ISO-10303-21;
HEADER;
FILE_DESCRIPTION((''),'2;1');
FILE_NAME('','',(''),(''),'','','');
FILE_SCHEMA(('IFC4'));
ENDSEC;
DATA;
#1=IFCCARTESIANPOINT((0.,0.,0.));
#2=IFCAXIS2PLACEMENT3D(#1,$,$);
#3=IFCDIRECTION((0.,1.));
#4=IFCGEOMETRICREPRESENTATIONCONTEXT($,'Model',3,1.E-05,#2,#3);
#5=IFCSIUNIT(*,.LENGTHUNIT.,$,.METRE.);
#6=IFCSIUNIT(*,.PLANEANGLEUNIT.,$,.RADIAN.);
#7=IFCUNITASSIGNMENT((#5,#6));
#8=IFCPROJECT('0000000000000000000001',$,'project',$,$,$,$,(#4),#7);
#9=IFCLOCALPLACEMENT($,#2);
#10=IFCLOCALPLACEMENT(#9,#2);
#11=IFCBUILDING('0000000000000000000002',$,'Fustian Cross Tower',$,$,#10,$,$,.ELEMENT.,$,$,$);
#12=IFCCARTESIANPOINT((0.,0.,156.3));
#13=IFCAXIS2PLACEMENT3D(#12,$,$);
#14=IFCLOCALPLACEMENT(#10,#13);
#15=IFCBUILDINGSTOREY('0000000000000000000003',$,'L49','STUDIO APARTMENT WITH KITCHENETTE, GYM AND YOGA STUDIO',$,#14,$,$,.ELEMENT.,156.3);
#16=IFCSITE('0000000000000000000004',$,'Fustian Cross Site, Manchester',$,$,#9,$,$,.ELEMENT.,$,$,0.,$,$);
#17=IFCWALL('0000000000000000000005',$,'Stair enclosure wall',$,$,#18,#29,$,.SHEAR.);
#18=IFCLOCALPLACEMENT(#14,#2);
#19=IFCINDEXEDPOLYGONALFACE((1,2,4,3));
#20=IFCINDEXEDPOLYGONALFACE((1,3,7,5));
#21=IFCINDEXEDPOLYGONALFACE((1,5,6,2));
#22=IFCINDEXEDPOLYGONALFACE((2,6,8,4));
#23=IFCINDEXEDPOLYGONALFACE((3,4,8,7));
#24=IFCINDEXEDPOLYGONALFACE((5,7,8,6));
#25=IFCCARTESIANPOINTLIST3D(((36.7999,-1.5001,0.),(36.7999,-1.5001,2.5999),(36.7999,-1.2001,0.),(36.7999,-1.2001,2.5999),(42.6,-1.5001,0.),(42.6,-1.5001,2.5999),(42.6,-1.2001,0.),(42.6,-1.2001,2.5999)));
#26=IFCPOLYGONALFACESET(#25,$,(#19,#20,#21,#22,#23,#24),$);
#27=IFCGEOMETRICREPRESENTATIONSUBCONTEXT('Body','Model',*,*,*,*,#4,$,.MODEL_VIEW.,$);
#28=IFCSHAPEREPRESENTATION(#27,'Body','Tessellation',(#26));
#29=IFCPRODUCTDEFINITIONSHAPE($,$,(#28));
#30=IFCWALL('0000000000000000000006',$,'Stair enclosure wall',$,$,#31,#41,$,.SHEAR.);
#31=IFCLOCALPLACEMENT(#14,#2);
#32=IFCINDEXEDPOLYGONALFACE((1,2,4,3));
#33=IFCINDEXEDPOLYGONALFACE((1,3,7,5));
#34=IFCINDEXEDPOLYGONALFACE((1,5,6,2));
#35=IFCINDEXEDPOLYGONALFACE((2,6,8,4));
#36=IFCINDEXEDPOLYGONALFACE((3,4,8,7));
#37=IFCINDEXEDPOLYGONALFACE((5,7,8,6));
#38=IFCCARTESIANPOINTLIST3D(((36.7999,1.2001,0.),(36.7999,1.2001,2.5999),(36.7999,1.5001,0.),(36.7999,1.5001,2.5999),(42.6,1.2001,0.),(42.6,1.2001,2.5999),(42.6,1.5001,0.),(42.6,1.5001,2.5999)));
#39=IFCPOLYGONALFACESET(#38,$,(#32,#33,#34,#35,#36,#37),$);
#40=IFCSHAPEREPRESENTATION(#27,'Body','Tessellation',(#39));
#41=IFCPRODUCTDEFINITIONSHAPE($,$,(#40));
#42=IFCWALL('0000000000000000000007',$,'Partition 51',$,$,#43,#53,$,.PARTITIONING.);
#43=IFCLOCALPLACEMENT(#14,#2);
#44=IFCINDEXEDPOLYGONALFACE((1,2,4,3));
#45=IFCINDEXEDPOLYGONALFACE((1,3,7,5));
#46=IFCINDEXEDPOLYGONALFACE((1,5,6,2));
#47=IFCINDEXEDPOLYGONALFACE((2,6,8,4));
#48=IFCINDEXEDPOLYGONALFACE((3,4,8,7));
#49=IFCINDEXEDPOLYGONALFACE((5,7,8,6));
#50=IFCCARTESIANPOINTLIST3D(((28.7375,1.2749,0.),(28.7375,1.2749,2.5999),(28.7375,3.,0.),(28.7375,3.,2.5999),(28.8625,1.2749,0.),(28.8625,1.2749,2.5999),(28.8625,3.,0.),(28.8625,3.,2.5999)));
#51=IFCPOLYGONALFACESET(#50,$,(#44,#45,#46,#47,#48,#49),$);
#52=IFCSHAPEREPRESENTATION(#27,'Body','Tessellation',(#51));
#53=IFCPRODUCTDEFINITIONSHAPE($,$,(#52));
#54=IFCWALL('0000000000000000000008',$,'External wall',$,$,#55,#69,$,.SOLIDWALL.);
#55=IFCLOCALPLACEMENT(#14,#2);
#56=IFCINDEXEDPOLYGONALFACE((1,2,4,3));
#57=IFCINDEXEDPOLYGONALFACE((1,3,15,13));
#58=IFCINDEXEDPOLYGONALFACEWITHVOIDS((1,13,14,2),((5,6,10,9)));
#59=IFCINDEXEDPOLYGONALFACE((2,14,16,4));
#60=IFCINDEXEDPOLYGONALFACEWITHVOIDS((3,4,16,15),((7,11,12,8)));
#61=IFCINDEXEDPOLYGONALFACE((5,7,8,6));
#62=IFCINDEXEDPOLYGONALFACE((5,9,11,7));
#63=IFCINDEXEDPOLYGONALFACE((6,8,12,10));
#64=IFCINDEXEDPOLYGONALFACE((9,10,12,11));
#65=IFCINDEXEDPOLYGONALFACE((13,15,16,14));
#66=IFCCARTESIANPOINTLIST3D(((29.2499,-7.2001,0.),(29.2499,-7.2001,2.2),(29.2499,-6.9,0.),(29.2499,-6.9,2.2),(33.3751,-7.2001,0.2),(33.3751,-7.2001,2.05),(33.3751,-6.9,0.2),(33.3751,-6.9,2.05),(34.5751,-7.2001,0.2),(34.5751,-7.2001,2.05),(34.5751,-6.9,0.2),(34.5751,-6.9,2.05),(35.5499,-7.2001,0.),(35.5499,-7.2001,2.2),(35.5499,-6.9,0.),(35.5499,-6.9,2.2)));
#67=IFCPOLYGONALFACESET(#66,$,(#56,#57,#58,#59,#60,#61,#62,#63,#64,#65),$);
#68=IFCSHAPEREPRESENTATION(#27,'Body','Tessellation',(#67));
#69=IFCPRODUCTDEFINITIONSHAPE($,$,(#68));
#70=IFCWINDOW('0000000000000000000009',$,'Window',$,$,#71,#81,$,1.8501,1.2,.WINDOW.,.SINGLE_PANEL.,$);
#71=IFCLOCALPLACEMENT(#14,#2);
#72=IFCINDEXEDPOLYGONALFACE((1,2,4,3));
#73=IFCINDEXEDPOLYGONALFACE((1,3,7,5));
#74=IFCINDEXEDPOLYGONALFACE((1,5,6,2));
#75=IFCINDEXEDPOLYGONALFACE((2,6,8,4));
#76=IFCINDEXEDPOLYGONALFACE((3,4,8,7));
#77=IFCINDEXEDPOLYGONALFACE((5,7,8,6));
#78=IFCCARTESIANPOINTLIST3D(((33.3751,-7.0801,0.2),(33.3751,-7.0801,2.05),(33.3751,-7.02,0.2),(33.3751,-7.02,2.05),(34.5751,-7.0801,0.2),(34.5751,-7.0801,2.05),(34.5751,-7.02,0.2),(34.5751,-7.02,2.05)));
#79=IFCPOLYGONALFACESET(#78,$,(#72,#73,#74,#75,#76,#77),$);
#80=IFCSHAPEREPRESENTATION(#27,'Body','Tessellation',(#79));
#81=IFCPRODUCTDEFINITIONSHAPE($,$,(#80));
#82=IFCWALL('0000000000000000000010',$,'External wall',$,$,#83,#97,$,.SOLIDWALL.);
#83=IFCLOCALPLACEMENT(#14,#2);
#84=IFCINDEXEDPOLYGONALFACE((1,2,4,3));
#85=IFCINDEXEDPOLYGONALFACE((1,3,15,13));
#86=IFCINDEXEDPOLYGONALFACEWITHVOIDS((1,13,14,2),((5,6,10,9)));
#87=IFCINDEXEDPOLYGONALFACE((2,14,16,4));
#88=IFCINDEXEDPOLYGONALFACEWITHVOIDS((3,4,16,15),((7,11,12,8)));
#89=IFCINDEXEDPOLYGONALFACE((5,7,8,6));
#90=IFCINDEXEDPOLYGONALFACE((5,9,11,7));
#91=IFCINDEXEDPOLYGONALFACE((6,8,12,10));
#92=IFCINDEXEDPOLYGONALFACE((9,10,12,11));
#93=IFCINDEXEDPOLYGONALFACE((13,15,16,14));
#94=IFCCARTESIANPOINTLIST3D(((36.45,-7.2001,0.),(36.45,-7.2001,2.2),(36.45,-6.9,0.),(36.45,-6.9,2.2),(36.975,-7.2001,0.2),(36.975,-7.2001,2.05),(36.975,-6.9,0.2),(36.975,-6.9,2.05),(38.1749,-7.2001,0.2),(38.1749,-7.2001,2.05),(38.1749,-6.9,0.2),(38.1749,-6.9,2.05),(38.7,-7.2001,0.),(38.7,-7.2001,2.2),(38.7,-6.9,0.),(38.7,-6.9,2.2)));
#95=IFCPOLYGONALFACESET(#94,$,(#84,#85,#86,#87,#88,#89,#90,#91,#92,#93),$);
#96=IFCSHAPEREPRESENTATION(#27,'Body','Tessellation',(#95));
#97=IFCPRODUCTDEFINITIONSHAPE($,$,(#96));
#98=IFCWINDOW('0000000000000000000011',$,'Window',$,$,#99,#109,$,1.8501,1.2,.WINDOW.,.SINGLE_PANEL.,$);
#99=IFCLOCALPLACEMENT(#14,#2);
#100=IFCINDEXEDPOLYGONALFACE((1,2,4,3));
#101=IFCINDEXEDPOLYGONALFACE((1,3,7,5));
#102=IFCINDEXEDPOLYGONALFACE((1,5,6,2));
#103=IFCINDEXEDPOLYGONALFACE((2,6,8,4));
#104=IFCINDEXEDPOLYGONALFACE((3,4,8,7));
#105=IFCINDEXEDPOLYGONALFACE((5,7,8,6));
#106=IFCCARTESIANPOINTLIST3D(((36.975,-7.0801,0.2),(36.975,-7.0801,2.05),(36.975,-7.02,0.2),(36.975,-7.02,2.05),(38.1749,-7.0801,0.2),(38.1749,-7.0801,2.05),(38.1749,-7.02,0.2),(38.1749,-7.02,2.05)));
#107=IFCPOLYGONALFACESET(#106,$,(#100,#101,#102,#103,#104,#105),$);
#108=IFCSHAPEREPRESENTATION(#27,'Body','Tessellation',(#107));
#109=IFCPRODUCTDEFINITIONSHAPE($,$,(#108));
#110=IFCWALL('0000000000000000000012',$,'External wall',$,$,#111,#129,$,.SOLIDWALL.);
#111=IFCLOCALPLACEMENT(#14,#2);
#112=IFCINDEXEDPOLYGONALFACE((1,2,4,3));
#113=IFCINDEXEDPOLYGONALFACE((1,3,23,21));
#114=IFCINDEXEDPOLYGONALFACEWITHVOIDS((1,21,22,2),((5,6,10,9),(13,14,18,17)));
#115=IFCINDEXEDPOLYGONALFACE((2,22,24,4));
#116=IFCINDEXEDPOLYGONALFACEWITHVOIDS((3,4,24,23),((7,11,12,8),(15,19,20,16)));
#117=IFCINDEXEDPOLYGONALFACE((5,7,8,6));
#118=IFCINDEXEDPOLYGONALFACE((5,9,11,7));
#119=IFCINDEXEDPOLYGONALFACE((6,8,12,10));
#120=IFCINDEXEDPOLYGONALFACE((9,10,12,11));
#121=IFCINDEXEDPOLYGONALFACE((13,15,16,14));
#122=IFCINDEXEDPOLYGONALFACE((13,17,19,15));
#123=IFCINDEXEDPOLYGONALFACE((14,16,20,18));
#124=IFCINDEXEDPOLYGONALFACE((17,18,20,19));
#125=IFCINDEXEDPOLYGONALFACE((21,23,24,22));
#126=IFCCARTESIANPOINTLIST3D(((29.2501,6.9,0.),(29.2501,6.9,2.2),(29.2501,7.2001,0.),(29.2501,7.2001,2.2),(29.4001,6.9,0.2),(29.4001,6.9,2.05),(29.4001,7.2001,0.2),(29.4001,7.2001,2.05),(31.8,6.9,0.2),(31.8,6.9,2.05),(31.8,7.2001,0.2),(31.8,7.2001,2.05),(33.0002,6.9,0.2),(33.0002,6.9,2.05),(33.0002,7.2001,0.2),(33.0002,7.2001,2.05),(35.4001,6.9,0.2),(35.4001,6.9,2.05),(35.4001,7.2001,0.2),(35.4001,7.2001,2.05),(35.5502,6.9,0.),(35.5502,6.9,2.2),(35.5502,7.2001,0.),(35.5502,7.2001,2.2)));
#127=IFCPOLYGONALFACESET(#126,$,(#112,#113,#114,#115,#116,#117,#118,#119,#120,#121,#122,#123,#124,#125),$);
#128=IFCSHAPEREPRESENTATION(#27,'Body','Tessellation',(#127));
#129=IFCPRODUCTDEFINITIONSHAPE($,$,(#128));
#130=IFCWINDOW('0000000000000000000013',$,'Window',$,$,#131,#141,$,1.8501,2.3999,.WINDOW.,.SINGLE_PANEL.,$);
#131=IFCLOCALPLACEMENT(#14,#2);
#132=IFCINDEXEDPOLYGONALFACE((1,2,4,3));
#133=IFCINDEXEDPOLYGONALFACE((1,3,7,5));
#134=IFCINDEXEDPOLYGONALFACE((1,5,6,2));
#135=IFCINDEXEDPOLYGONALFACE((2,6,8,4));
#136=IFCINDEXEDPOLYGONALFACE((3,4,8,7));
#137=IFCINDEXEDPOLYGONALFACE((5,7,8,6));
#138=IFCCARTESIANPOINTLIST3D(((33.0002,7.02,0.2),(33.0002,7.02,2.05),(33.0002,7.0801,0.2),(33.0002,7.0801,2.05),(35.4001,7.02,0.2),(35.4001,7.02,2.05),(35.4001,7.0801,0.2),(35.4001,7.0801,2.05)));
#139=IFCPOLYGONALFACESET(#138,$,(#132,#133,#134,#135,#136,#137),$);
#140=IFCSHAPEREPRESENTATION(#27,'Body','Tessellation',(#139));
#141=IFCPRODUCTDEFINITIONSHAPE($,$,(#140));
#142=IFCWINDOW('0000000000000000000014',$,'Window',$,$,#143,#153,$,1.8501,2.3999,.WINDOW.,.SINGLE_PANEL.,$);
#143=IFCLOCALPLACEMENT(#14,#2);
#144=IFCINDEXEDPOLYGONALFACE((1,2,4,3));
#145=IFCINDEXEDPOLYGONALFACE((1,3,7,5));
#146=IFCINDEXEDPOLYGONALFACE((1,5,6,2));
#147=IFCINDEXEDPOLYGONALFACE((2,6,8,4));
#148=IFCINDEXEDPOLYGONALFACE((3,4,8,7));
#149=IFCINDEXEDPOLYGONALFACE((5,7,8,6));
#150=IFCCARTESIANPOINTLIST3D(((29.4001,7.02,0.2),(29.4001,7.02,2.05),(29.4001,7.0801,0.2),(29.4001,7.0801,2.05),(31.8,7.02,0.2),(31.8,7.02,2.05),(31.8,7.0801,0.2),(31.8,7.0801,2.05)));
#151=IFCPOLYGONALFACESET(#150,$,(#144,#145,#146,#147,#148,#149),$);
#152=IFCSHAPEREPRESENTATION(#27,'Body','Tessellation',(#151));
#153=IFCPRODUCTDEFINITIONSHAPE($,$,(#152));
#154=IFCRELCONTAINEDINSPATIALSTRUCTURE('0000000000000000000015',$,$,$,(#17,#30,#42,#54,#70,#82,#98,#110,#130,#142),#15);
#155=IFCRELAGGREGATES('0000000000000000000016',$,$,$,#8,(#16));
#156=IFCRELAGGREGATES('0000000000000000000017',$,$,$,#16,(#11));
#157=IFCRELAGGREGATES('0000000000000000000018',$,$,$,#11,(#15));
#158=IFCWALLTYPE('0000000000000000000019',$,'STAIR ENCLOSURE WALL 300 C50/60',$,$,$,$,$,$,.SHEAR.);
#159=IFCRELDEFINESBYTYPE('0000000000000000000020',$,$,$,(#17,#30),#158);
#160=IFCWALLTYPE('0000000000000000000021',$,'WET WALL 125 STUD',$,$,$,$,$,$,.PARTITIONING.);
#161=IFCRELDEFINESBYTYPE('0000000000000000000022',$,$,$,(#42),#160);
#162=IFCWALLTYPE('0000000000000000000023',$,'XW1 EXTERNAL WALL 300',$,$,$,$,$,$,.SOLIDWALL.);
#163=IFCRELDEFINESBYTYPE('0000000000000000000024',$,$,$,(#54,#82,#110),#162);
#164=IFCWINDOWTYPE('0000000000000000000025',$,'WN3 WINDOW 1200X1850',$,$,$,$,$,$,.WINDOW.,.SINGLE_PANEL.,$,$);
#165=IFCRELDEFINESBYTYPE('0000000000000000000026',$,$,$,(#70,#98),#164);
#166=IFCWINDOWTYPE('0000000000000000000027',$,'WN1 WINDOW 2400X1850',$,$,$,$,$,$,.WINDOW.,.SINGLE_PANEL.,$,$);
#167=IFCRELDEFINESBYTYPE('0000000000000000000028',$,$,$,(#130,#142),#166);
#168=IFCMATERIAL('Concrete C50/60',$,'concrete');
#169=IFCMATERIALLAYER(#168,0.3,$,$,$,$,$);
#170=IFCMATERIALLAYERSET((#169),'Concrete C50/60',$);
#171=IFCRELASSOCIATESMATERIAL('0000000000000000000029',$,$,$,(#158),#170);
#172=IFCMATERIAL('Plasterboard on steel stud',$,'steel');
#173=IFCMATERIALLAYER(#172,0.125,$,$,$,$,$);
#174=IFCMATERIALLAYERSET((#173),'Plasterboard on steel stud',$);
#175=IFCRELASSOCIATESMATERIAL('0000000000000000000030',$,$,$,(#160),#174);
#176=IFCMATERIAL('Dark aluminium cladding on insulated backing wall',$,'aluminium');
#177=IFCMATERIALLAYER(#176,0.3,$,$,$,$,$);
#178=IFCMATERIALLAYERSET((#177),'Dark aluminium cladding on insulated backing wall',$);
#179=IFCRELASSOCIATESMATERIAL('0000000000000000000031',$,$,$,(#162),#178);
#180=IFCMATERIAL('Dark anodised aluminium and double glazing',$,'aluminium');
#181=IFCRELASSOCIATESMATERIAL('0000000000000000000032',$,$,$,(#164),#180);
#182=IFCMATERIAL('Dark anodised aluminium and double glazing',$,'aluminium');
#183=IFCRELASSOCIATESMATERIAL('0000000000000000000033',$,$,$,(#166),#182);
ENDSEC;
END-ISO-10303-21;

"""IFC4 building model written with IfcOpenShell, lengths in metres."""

from ifc_helpers import new_model, si_unit, direction, frame, frame_2d, origin, place, context, subcontext, project, spatial, rectangle, extrude, material, layer, layer_set, type_object, element, fill, save


model = new_model("IFC4")

# Units and contexts
model_context = context("Model", 3, precision=1e-05, world=origin(), true_north=direction((0.0, 1.0)))
body_context = subcontext(model_context, "Body", "Model", "MODEL_VIEW")
ifc_project = project(units=[si_unit("LENGTHUNIT", "METRE"), si_unit("PLANEANGLEUNIT", "RADIAN")], contexts=[model_context])

# Site, building, storey
site_placement = place(None, origin())
site = spatial("IfcSite", under=ifc_project, at=site_placement, Name="Fustian Cross Site, Manchester", CompositionType="ELEMENT", RefElevation=0.0)
building_placement = place(site_placement, origin())
building = spatial("IfcBuilding", under=site, at=building_placement, Name="Fustian Cross Tower", CompositionType="ELEMENT")
storey_placement = place(building_placement, frame((0.0, 0.0, 156.3)))
storey = spatial("IfcBuildingStorey", under=building, at=storey_placement, Name="L49", Description="STUDIO APARTMENT WITH KITCHENETTE, GYM AND YOGA STUDIO", CompositionType="ELEMENT", Elevation=156.3)

# Shared definitions
ifc_material_1 = material(Name="Concrete C50/60", Category="concrete")
ifc_layer_1 = layer(ifc_material_1, 0.3)
ifc_layer_set_1 = layer_set([ifc_layer_1], Name="Concrete C50/60")
wall_type_1 = type_object("IfcWallType", Name="STAIR ENCLOSURE WALL 300 C50/60", PredefinedType="SHEAR", material=ifc_layer_set_1)

# Walls
for number, where, z_axis, x_axis, name in (
    (1, (36.8, -1.3501, 0.0), (0.0, 0.0, 1.0), (1.0, 0.0, 0.0), "Stair enclosure wall"),
    (2, (36.8, 1.3501, 0.0), (0.0, 0.0, 1.0), (1.0, 0.0, 0.0), "Stair enclosure wall"),
):
    element("IfcWall", number, at=place(storey_placement, frame(where, z_axis=z_axis, x_axis=x_axis)), inside=storey, type_object=wall_type_1, Name=name, PredefinedType="SHEAR", context=body_context, shape_type="SweptSolid", body=[
        extrude(rectangle(XDim=5.8, YDim=0.3, at=frame_2d((2.8999, 0.0))), origin(), (0.0, 0.0, 1.0), 2.5999),
    ])
ifc_material_2 = material(Name="Plasterboard on steel stud", Category="steel")
ifc_layer_2 = layer(ifc_material_2, 0.125)
ifc_layer_set_2 = layer_set([ifc_layer_2], Name="Plasterboard on steel stud")
wall_type_2 = type_object("IfcWallType", Name="WET WALL 125 STUD", PredefinedType="PARTITIONING", material=ifc_layer_set_2)
wall_1_placement = place(storey_placement, frame((28.8, 1.2749, 0.0), z_axis=(0.0, 0.0, 1.0), x_axis=(0.0, 1.0, 0.0)))
element("IfcWall", 3, at=wall_1_placement, inside=storey, type_object=wall_type_2, Name="Partition 51", PredefinedType="PARTITIONING", context=body_context, shape_type="SweptSolid", body=[
    extrude(rectangle(XDim=1.7251, YDim=0.125, at=frame_2d((0.8625, 0.0))), origin(), (0.0, 0.0, 1.0), 2.5999),
])

# Walls, openings, windows
ifc_material_3 = material(Name="Dark aluminium cladding on insulated backing wall", Category="aluminium")
ifc_layer_3 = layer(ifc_material_3, 0.3)
ifc_layer_set_3 = layer_set([ifc_layer_3], Name="Dark aluminium cladding on insulated backing wall")
wall_type_3 = type_object("IfcWallType", Name="XW1 EXTERNAL WALL 300", PredefinedType="SOLIDWALL", material=ifc_layer_set_3)
wall_2_placement = place(storey_placement, frame((29.25, -7.05, 0.0), z_axis=(0.0, 0.0, 1.0), x_axis=(1.0, 0.0, 0.0)))
wall_2 = element("IfcWall", 4, at=wall_2_placement, inside=storey, type_object=wall_type_3, Name="External wall", PredefinedType="SOLIDWALL", context=body_context, shape_type="SweptSolid", body=[
    extrude(rectangle(XDim=6.3, YDim=0.3, at=frame_2d((3.1499, 0.0))), origin(), (0.0, 0.0, 1.0), 2.2),
])
opening_1_placement = place(wall_2_placement, frame((4.125, 0.0, 0.2)))
opening_1 = element("IfcOpeningElement", 5, at=opening_1_placement, cuts=wall_2, PredefinedType="OPENING", context=body_context, shape_type="SweptSolid", body=[
    extrude(rectangle(XDim=1.2, YDim=1.8501, at=frame_2d((0.6001, 0.925))), frame((0.0, 0.1599, 0.0), z_axis=(0.0, -1.0, 0.0), x_axis=(1.0, 0.0, 0.0)), (0.0, 0.0, 1.0), 0.3201),
])
ifc_material_4 = material(Name="Dark anodised aluminium and double glazing", Category="aluminium")
window_type_1 = type_object("IfcWindowType", Name="WN3 WINDOW 1200X1850", PartitioningType="SINGLE_PANEL", PredefinedType="WINDOW", material=ifc_material_4)
window_1_placement = place(opening_1_placement, origin())
window_1 = element("IfcWindow", 6, at=window_1_placement, inside=storey, type_object=window_type_1, Name="Window", OverallHeight=1.8501, OverallWidth=1.2, PartitioningType="SINGLE_PANEL", PredefinedType="WINDOW", context=body_context, shape_type="SweptSolid", body=[
    extrude(rectangle(XDim=1.2, YDim=1.8501, at=frame_2d((0.6001, 0.925))), frame((0.0, 0.03, 0.0), z_axis=(0.0, -1.0, 0.0), x_axis=(1.0, 0.0, 0.0)), (0.0, 0.0, 1.0), 0.0601),
])
fill(opening_1, window_1)
wall_3_placement = place(storey_placement, frame((36.45, -7.05, 0.0), z_axis=(0.0, 0.0, 1.0), x_axis=(1.0, 0.0, 0.0)))
wall_3 = element("IfcWall", 7, at=wall_3_placement, inside=storey, type_object=wall_type_3, Name="External wall", PredefinedType="SOLIDWALL", context=body_context, shape_type="SweptSolid", body=[
    extrude(rectangle(XDim=2.25, YDim=0.3, at=frame_2d((1.125, 0.0))), origin(), (0.0, 0.0, 1.0), 2.2),
])
opening_2_placement = place(wall_3_placement, frame((0.5249, 0.0, 0.2)))
opening_2 = element("IfcOpeningElement", 8, at=opening_2_placement, cuts=wall_3, PredefinedType="OPENING", context=body_context, shape_type="SweptSolid", body=[
    extrude(rectangle(XDim=1.2, YDim=1.8501, at=frame_2d((0.6001, 0.925))), frame((0.0, 0.1599, 0.0), z_axis=(0.0, -1.0, 0.0), x_axis=(1.0, 0.0, 0.0)), (0.0, 0.0, 1.0), 0.3201),
])
window_2_placement = place(opening_2_placement, origin())
window_2 = element("IfcWindow", 9, at=window_2_placement, inside=storey, type_object=window_type_1, Name="Window", OverallHeight=1.8501, OverallWidth=1.2, PartitioningType="SINGLE_PANEL", PredefinedType="WINDOW", context=body_context, shape_type="SweptSolid", body=[
    extrude(rectangle(XDim=1.2, YDim=1.8501, at=frame_2d((0.6001, 0.925))), frame((0.0, 0.03, 0.0), z_axis=(0.0, -1.0, 0.0), x_axis=(1.0, 0.0, 0.0)), (0.0, 0.0, 1.0), 0.0601),
])
fill(opening_2, window_2)

# Wall, openings, windows
wall_4_placement = place(storey_placement, frame((35.55, 7.05, 0.0), z_axis=(0.0, 0.0, 1.0), x_axis=(-1.0, 0.0, 0.0)))
wall_4 = element("IfcWall", 10, at=wall_4_placement, inside=storey, type_object=wall_type_3, Name="External wall", PredefinedType="SOLIDWALL", context=body_context, shape_type="SweptSolid", body=[
    extrude(rectangle(XDim=6.3, YDim=0.3, at=frame_2d((3.1499, 0.0))), origin(), (0.0, 0.0, 1.0), 2.2),
])
opening_3_placement = place(wall_4_placement, frame((0.1499, 0.0, 0.2)))
opening_3 = element("IfcOpeningElement", 11, at=opening_3_placement, cuts=wall_4, PredefinedType="OPENING", context=body_context, shape_type="SweptSolid", body=[
    extrude(rectangle(XDim=2.3999, YDim=1.8501, at=frame_2d((1.2, 0.925))), frame((0.0, 0.1599, 0.0), z_axis=(0.0, -1.0, 0.0), x_axis=(1.0, 0.0, 0.0)), (0.0, 0.0, 1.0), 0.3201),
])
opening_4_placement = place(wall_4_placement, frame((3.75, 0.0, 0.2)))
opening_4 = element("IfcOpeningElement", 12, at=opening_4_placement, cuts=wall_4, PredefinedType="OPENING", context=body_context, shape_type="SweptSolid", body=[
    extrude(rectangle(XDim=2.3999, YDim=1.8501, at=frame_2d((1.2, 0.925))), frame((0.0, 0.1599, 0.0), z_axis=(0.0, -1.0, 0.0), x_axis=(1.0, 0.0, 0.0)), (0.0, 0.0, 1.0), 0.3201),
])
ifc_material_5 = material(Name="Dark anodised aluminium and double glazing", Category="aluminium")
window_type_2 = type_object("IfcWindowType", Name="WN1 WINDOW 2400X1850", PartitioningType="SINGLE_PANEL", PredefinedType="WINDOW", material=ifc_material_5)
window_3_placement = place(opening_3_placement, origin())
window_3 = element("IfcWindow", 13, at=window_3_placement, inside=storey, type_object=window_type_2, Name="Window", OverallHeight=1.8501, OverallWidth=2.3999, PartitioningType="SINGLE_PANEL", PredefinedType="WINDOW", context=body_context, shape_type="SweptSolid", body=[
    extrude(rectangle(XDim=2.3999, YDim=1.8501, at=frame_2d((1.2, 0.925))), frame((0.0, 0.03, 0.0), z_axis=(0.0, -1.0, 0.0), x_axis=(1.0, 0.0, 0.0)), (0.0, 0.0, 1.0), 0.0601),
])
fill(opening_3, window_3)
window_4_placement = place(opening_4_placement, origin())
window_4 = element("IfcWindow", 14, at=window_4_placement, inside=storey, type_object=window_type_2, Name="Window", OverallHeight=1.8501, OverallWidth=2.3999, PartitioningType="SINGLE_PANEL", PredefinedType="WINDOW", context=body_context, shape_type="SweptSolid", body=[
    extrude(rectangle(XDim=2.3999, YDim=1.8501, at=frame_2d((1.2, 0.925))), frame((0.0, 0.03, 0.0), z_axis=(0.0, -1.0, 0.0), x_axis=(1.0, 0.0, 0.0)), (0.0, 0.0, 1.0), 0.0601),
])
fill(opening_4, window_4)

save(model, "model.ifc")
